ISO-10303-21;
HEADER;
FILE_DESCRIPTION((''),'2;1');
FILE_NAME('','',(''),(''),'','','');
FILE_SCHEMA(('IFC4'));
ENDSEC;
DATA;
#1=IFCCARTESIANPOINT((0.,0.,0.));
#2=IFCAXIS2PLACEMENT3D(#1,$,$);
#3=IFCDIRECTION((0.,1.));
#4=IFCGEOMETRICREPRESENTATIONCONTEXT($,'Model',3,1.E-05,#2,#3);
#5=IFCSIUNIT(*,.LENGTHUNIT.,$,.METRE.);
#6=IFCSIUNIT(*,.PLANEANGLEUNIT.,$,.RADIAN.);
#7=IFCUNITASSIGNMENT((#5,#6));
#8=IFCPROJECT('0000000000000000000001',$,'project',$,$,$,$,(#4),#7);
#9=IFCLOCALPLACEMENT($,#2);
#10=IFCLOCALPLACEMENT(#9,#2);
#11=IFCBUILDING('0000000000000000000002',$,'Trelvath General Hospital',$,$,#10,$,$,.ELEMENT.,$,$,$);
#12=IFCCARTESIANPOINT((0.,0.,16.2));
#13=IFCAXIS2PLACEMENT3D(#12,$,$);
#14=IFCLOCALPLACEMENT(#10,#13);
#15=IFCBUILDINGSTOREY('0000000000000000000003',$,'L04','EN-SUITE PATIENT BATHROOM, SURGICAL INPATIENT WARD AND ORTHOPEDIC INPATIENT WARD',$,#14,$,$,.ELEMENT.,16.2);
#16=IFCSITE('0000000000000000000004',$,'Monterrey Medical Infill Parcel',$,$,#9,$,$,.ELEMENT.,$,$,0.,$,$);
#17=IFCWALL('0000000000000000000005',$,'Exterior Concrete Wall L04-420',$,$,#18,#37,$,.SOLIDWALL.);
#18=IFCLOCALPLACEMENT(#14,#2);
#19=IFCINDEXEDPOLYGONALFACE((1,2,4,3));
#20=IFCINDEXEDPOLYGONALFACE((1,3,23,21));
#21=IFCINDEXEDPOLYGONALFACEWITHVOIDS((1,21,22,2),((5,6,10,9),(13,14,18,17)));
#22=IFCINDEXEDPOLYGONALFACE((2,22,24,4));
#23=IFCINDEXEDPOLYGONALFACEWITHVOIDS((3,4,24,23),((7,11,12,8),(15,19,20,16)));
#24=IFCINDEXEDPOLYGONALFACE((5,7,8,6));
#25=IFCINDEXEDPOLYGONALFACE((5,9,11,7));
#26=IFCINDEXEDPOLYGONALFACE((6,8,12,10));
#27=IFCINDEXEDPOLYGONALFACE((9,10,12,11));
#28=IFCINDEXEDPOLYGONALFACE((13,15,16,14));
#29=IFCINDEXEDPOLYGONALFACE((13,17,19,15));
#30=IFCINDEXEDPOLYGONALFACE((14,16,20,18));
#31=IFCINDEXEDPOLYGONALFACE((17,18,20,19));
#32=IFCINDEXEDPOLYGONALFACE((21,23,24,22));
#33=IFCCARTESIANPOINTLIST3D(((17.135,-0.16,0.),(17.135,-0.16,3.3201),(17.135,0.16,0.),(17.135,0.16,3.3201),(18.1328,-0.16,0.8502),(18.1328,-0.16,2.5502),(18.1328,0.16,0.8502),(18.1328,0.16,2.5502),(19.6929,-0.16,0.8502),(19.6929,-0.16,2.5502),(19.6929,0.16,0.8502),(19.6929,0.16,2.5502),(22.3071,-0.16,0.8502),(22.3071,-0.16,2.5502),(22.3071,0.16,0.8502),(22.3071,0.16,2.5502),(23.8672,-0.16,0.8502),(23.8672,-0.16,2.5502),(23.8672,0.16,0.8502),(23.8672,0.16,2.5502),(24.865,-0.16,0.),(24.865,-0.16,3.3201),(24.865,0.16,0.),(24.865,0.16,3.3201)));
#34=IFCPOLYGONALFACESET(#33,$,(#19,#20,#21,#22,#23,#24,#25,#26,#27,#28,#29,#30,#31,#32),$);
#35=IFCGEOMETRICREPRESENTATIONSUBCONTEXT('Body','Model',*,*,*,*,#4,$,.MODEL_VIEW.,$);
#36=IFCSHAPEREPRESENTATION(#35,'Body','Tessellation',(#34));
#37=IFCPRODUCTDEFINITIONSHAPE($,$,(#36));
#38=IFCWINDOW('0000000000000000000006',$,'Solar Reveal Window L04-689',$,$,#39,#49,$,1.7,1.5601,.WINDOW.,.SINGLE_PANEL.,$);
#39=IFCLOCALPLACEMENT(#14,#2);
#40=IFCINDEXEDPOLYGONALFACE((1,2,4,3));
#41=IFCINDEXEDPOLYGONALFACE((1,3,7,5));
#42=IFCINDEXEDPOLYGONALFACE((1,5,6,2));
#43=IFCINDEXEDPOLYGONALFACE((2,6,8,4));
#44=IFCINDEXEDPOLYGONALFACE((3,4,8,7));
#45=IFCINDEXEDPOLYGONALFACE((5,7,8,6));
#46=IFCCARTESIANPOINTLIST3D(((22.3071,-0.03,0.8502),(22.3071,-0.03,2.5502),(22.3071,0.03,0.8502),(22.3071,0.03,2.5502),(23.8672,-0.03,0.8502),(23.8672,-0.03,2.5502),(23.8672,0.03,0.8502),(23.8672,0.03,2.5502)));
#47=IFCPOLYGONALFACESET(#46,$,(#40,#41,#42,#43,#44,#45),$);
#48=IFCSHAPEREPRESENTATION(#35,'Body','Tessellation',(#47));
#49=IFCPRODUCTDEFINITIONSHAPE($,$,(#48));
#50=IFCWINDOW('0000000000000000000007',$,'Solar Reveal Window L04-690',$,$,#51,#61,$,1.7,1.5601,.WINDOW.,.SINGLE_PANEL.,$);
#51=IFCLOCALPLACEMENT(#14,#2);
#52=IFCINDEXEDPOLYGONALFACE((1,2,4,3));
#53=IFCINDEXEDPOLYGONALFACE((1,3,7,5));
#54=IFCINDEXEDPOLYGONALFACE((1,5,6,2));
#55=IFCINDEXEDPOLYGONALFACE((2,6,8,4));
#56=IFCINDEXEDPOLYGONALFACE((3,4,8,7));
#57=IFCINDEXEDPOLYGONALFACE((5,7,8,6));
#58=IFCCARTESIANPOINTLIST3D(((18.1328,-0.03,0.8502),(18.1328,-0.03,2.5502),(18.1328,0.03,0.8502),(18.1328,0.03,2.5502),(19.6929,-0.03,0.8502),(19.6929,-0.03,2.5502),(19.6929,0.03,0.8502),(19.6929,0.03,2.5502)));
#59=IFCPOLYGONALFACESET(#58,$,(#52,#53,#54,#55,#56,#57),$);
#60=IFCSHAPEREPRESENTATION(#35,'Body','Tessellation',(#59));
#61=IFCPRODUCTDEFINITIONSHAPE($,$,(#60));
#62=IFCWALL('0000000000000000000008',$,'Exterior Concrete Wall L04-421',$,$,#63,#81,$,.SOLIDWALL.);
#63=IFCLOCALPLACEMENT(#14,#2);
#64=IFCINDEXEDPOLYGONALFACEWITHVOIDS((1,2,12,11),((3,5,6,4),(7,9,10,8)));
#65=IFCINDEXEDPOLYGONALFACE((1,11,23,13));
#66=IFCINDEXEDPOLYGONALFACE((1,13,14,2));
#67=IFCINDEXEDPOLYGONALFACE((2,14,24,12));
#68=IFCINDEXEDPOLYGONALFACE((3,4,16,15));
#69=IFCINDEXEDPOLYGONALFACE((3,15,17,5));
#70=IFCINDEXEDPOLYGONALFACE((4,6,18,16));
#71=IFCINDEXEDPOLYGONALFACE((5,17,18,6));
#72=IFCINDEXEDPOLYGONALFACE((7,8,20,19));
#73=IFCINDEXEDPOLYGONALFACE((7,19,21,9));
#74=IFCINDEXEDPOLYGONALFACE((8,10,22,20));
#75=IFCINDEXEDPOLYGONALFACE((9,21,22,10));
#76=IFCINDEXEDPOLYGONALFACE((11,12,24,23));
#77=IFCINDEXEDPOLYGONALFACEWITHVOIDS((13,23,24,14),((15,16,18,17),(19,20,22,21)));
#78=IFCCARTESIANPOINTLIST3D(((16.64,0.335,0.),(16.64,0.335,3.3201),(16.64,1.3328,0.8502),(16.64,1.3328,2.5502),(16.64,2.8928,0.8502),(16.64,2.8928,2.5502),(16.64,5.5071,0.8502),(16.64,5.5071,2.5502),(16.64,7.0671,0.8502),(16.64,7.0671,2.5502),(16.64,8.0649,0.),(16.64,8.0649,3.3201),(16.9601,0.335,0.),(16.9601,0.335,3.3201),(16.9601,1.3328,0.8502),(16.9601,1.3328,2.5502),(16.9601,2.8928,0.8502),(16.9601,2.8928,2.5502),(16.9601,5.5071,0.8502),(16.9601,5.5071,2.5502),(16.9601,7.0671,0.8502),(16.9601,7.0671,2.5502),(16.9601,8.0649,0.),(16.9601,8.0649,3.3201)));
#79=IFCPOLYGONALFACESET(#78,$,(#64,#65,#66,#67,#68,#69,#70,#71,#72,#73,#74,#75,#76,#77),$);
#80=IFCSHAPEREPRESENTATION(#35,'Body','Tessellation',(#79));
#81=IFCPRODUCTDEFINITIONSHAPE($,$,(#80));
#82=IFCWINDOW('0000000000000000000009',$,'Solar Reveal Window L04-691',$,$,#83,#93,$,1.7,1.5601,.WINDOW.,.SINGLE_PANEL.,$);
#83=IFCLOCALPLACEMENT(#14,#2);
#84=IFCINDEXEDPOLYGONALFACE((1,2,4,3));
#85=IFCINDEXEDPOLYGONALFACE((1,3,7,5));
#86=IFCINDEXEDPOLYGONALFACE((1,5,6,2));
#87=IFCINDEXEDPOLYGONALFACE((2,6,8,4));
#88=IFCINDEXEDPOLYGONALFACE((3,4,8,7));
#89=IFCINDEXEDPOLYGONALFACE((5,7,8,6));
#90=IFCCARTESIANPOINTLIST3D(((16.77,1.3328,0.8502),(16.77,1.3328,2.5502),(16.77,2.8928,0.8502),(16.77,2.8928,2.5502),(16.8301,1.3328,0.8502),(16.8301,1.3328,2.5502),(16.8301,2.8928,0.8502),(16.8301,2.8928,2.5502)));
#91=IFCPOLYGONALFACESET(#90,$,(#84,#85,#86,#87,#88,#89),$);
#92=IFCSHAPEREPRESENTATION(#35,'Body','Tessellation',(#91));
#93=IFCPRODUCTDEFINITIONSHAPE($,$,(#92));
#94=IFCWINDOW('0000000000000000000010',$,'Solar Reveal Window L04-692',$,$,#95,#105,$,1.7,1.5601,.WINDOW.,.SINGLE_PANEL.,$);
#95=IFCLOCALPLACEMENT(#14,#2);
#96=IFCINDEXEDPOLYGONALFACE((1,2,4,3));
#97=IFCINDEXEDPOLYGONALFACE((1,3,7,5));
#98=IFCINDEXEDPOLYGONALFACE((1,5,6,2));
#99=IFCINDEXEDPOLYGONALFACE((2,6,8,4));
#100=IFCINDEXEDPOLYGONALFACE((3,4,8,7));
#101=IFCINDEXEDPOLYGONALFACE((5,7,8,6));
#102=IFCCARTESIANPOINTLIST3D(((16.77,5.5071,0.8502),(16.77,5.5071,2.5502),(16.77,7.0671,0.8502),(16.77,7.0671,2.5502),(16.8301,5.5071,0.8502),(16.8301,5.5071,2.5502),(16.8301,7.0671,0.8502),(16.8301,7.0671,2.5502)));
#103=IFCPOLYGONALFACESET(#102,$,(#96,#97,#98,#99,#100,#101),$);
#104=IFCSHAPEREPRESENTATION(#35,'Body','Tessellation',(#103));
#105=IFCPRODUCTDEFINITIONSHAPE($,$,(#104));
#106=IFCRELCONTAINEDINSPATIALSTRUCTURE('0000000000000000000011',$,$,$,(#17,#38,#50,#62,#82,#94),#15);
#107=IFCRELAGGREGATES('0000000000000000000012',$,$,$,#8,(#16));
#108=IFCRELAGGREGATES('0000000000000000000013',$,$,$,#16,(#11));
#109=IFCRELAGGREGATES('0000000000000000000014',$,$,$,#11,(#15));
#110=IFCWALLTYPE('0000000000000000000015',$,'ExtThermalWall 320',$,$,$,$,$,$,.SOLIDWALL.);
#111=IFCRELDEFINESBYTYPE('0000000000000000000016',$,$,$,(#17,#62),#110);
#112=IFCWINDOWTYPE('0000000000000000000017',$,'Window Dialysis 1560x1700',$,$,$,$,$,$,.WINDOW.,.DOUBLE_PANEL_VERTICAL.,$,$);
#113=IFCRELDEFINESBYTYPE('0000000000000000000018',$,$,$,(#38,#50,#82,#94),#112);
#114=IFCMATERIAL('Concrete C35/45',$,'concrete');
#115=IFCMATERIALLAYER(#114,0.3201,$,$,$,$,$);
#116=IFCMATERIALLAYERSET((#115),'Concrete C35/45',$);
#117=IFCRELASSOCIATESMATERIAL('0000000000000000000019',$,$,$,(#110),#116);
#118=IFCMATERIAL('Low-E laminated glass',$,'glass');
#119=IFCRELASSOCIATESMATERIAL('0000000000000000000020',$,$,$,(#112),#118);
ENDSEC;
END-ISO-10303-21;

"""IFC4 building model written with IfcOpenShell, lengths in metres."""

from ifc_helpers import new_model, si_unit, direction, frame, frame_2d, origin, place, context, subcontext, project, spatial, rectangle, extrude, material, layer, layer_set, type_object, element, fill, save


model = new_model("IFC4")

# Units and contexts
model_context = context("Model", 3, precision=1e-05, world=origin(), true_north=direction((0.0, 1.0)))
body_context = subcontext(model_context, "Body", "Model", "MODEL_VIEW")
ifc_project = project(units=[si_unit("LENGTHUNIT", "METRE"), si_unit("PLANEANGLEUNIT", "RADIAN")], contexts=[model_context])

# Site, building, storey
site_placement = place(None, origin())
site = spatial("IfcSite", under=ifc_project, at=site_placement, Name="Monterrey Medical Infill Parcel", CompositionType="ELEMENT", RefElevation=0.0)
building_placement = place(site_placement, origin())
building = spatial("IfcBuilding", under=site, at=building_placement, Name="Trelvath General Hospital", CompositionType="ELEMENT")
storey_placement = place(building_placement, frame((0.0, 0.0, 16.2)))
storey = spatial("IfcBuildingStorey", under=building, at=storey_placement, Name="L04", Description="EN-SUITE PATIENT BATHROOM, SURGICAL INPATIENT WARD AND ORTHOPEDIC INPATIENT WARD", CompositionType="ELEMENT", Elevation=16.2)

# Walls, openings, windows
ifc_material_1 = material(Name="Concrete C35/45", Category="concrete")
ifc_layer_1 = layer(ifc_material_1, 0.3201)
ifc_layer_set_1 = layer_set([ifc_layer_1], Name="Concrete C35/45")
wall_type_1 = type_object("IfcWallType", Name="ExtThermalWall 320", PredefinedType="SOLIDWALL", material=ifc_layer_set_1)
wall_1_placement = place(storey_placement, frame((24.865, 0.0, 0.0), z_axis=(0.0, 0.0, 1.0), x_axis=(-1.0, 0.0, 0.0)))
wall_1 = element("IfcWall", 1, at=wall_1_placement, inside=storey, type_object=wall_type_1, Name="Exterior Concrete Wall L04-420", PredefinedType="SOLIDWALL", context=body_context, shape_type="SweptSolid", body=[
    extrude(rectangle(XDim=7.73, YDim=0.3201, at=frame_2d((3.865, 0.0))), origin(), (0.0, 0.0, 1.0), 3.3201),
])
opening_1_placement = place(wall_1_placement, frame((0.9978, 0.0, 0.8501)))
opening_1 = element("IfcOpeningElement", 2, at=opening_1_placement, cuts=wall_1, PredefinedType="OPENING", context=body_context, shape_type="SweptSolid", body=[
    extrude(rectangle(XDim=1.5601, YDim=1.7, at=frame_2d((0.78, 0.8501))), frame((0.0, 0.1699, 0.0), z_axis=(0.0, -1.0, 0.0), x_axis=(1.0, 0.0, 0.0)), (0.0, 0.0, 1.0), 0.3401),
])
opening_2_placement = place(wall_1_placement, frame((5.1721, 0.0, 0.8501)))
opening_2 = element("IfcOpeningElement", 3, at=opening_2_placement, cuts=wall_1, PredefinedType="OPENING", context=body_context, shape_type="SweptSolid", body=[
    extrude(rectangle(XDim=1.5601, YDim=1.7, at=frame_2d((0.78, 0.8501))), frame((0.0, 0.1699, 0.0), z_axis=(0.0, -1.0, 0.0), x_axis=(1.0, 0.0, 0.0)), (0.0, 0.0, 1.0), 0.3401),
])
ifc_material_2 = material(Name="Low-E laminated glass", Category="glass")
window_type = type_object("IfcWindowType", Name="Window Dialysis 1560x1700", PartitioningType="DOUBLE_PANEL_VERTICAL", PredefinedType="WINDOW", material=ifc_material_2)
window_1_placement = place(opening_1_placement, origin())
window_1 = element("IfcWindow", 4, at=window_1_placement, inside=storey, type_object=window_type, Name="Solar Reveal Window L04-689", OverallHeight=1.7, OverallWidth=1.5601, PartitioningType="SINGLE_PANEL", PredefinedType="WINDOW", context=body_context, shape_type="SweptSolid", body=[
    extrude(rectangle(XDim=1.5601, YDim=1.7, at=frame_2d((0.78, 0.8501))), frame((0.0, 0.03, 0.0), z_axis=(0.0, -1.0, 0.0), x_axis=(1.0, 0.0, 0.0)), (0.0, 0.0, 1.0), 0.0601),
])
fill(opening_1, window_1)
window_2_placement = place(opening_2_placement, origin())
window_2 = element("IfcWindow", 5, at=window_2_placement, inside=storey, type_object=window_type, Name="Solar Reveal Window L04-690", OverallHeight=1.7, OverallWidth=1.5601, PartitioningType="SINGLE_PANEL", PredefinedType="WINDOW", context=body_context, shape_type="SweptSolid", body=[
    extrude(rectangle(XDim=1.5601, YDim=1.7, at=frame_2d((0.78, 0.8501))), frame((0.0, 0.03, 0.0), z_axis=(0.0, -1.0, 0.0), x_axis=(1.0, 0.0, 0.0)), (0.0, 0.0, 1.0), 0.0601),
])
fill(opening_2, window_2)
wall_2_placement = place(storey_placement, frame((16.8, 0.335, 0.0), z_axis=(0.0, 0.0, 1.0), x_axis=(0.0, 1.0, 0.0)))
wall_2 = element("IfcWall", 6, at=wall_2_placement, inside=storey, type_object=wall_type_1, Name="Exterior Concrete Wall L04-421", PredefinedType="SOLIDWALL", context=body_context, shape_type="SweptSolid", body=[
    extrude(rectangle(XDim=7.73, YDim=0.3201, at=frame_2d((3.865, 0.0))), origin(), (0.0, 0.0, 1.0), 3.3201),
])
opening_3_placement = place(wall_2_placement, frame((0.9978, 0.0, 0.8501)))
opening_3 = element("IfcOpeningElement", 7, at=opening_3_placement, cuts=wall_2, PredefinedType="OPENING", context=body_context, shape_type="SweptSolid", body=[
    extrude(rectangle(XDim=1.5601, YDim=1.7, at=frame_2d((0.78, 0.8501))), frame((0.0, 0.1699, 0.0), z_axis=(0.0, -1.0, 0.0), x_axis=(1.0, 0.0, 0.0)), (0.0, 0.0, 1.0), 0.3401),
])
opening_4_placement = place(wall_2_placement, frame((5.1721, 0.0, 0.8501)))
opening_4 = element("IfcOpeningElement", 8, at=opening_4_placement, cuts=wall_2, PredefinedType="OPENING", context=body_context, shape_type="SweptSolid", body=[
    extrude(rectangle(XDim=1.5601, YDim=1.7, at=frame_2d((0.78, 0.8501))), frame((0.0, 0.1699, 0.0), z_axis=(0.0, -1.0, 0.0), x_axis=(1.0, 0.0, 0.0)), (0.0, 0.0, 1.0), 0.3401),
])
window_3_placement = place(opening_3_placement, origin())
window_3 = element("IfcWindow", 9, at=window_3_placement, inside=storey, type_object=window_type, Name="Solar Reveal Window L04-691", OverallHeight=1.7, OverallWidth=1.5601, PartitioningType="SINGLE_PANEL", PredefinedType="WINDOW", context=body_context, shape_type="SweptSolid", body=[
    extrude(rectangle(XDim=1.5601, YDim=1.7, at=frame_2d((0.78, 0.8501))), frame((0.0, 0.03, 0.0), z_axis=(0.0, -1.0, 0.0), x_axis=(1.0, 0.0, 0.0)), (0.0, 0.0, 1.0), 0.0601),
])
fill(opening_3, window_3)
window_4_placement = place(opening_4_placement, origin())
window_4 = element("IfcWindow", 10, at=window_4_placement, inside=storey, type_object=window_type, Name="Solar Reveal Window L04-692", OverallHeight=1.7, OverallWidth=1.5601, PartitioningType="SINGLE_PANEL", PredefinedType="WINDOW", context=body_context, shape_type="SweptSolid", body=[
    extrude(rectangle(XDim=1.5601, YDim=1.7, at=frame_2d((0.78, 0.8501))), frame((0.0, 0.03, 0.0), z_axis=(0.0, -1.0, 0.0), x_axis=(1.0, 0.0, 0.0)), (0.0, 0.0, 1.0), 0.0601),
])
fill(opening_4, window_4)

save(model, "model.ifc")
